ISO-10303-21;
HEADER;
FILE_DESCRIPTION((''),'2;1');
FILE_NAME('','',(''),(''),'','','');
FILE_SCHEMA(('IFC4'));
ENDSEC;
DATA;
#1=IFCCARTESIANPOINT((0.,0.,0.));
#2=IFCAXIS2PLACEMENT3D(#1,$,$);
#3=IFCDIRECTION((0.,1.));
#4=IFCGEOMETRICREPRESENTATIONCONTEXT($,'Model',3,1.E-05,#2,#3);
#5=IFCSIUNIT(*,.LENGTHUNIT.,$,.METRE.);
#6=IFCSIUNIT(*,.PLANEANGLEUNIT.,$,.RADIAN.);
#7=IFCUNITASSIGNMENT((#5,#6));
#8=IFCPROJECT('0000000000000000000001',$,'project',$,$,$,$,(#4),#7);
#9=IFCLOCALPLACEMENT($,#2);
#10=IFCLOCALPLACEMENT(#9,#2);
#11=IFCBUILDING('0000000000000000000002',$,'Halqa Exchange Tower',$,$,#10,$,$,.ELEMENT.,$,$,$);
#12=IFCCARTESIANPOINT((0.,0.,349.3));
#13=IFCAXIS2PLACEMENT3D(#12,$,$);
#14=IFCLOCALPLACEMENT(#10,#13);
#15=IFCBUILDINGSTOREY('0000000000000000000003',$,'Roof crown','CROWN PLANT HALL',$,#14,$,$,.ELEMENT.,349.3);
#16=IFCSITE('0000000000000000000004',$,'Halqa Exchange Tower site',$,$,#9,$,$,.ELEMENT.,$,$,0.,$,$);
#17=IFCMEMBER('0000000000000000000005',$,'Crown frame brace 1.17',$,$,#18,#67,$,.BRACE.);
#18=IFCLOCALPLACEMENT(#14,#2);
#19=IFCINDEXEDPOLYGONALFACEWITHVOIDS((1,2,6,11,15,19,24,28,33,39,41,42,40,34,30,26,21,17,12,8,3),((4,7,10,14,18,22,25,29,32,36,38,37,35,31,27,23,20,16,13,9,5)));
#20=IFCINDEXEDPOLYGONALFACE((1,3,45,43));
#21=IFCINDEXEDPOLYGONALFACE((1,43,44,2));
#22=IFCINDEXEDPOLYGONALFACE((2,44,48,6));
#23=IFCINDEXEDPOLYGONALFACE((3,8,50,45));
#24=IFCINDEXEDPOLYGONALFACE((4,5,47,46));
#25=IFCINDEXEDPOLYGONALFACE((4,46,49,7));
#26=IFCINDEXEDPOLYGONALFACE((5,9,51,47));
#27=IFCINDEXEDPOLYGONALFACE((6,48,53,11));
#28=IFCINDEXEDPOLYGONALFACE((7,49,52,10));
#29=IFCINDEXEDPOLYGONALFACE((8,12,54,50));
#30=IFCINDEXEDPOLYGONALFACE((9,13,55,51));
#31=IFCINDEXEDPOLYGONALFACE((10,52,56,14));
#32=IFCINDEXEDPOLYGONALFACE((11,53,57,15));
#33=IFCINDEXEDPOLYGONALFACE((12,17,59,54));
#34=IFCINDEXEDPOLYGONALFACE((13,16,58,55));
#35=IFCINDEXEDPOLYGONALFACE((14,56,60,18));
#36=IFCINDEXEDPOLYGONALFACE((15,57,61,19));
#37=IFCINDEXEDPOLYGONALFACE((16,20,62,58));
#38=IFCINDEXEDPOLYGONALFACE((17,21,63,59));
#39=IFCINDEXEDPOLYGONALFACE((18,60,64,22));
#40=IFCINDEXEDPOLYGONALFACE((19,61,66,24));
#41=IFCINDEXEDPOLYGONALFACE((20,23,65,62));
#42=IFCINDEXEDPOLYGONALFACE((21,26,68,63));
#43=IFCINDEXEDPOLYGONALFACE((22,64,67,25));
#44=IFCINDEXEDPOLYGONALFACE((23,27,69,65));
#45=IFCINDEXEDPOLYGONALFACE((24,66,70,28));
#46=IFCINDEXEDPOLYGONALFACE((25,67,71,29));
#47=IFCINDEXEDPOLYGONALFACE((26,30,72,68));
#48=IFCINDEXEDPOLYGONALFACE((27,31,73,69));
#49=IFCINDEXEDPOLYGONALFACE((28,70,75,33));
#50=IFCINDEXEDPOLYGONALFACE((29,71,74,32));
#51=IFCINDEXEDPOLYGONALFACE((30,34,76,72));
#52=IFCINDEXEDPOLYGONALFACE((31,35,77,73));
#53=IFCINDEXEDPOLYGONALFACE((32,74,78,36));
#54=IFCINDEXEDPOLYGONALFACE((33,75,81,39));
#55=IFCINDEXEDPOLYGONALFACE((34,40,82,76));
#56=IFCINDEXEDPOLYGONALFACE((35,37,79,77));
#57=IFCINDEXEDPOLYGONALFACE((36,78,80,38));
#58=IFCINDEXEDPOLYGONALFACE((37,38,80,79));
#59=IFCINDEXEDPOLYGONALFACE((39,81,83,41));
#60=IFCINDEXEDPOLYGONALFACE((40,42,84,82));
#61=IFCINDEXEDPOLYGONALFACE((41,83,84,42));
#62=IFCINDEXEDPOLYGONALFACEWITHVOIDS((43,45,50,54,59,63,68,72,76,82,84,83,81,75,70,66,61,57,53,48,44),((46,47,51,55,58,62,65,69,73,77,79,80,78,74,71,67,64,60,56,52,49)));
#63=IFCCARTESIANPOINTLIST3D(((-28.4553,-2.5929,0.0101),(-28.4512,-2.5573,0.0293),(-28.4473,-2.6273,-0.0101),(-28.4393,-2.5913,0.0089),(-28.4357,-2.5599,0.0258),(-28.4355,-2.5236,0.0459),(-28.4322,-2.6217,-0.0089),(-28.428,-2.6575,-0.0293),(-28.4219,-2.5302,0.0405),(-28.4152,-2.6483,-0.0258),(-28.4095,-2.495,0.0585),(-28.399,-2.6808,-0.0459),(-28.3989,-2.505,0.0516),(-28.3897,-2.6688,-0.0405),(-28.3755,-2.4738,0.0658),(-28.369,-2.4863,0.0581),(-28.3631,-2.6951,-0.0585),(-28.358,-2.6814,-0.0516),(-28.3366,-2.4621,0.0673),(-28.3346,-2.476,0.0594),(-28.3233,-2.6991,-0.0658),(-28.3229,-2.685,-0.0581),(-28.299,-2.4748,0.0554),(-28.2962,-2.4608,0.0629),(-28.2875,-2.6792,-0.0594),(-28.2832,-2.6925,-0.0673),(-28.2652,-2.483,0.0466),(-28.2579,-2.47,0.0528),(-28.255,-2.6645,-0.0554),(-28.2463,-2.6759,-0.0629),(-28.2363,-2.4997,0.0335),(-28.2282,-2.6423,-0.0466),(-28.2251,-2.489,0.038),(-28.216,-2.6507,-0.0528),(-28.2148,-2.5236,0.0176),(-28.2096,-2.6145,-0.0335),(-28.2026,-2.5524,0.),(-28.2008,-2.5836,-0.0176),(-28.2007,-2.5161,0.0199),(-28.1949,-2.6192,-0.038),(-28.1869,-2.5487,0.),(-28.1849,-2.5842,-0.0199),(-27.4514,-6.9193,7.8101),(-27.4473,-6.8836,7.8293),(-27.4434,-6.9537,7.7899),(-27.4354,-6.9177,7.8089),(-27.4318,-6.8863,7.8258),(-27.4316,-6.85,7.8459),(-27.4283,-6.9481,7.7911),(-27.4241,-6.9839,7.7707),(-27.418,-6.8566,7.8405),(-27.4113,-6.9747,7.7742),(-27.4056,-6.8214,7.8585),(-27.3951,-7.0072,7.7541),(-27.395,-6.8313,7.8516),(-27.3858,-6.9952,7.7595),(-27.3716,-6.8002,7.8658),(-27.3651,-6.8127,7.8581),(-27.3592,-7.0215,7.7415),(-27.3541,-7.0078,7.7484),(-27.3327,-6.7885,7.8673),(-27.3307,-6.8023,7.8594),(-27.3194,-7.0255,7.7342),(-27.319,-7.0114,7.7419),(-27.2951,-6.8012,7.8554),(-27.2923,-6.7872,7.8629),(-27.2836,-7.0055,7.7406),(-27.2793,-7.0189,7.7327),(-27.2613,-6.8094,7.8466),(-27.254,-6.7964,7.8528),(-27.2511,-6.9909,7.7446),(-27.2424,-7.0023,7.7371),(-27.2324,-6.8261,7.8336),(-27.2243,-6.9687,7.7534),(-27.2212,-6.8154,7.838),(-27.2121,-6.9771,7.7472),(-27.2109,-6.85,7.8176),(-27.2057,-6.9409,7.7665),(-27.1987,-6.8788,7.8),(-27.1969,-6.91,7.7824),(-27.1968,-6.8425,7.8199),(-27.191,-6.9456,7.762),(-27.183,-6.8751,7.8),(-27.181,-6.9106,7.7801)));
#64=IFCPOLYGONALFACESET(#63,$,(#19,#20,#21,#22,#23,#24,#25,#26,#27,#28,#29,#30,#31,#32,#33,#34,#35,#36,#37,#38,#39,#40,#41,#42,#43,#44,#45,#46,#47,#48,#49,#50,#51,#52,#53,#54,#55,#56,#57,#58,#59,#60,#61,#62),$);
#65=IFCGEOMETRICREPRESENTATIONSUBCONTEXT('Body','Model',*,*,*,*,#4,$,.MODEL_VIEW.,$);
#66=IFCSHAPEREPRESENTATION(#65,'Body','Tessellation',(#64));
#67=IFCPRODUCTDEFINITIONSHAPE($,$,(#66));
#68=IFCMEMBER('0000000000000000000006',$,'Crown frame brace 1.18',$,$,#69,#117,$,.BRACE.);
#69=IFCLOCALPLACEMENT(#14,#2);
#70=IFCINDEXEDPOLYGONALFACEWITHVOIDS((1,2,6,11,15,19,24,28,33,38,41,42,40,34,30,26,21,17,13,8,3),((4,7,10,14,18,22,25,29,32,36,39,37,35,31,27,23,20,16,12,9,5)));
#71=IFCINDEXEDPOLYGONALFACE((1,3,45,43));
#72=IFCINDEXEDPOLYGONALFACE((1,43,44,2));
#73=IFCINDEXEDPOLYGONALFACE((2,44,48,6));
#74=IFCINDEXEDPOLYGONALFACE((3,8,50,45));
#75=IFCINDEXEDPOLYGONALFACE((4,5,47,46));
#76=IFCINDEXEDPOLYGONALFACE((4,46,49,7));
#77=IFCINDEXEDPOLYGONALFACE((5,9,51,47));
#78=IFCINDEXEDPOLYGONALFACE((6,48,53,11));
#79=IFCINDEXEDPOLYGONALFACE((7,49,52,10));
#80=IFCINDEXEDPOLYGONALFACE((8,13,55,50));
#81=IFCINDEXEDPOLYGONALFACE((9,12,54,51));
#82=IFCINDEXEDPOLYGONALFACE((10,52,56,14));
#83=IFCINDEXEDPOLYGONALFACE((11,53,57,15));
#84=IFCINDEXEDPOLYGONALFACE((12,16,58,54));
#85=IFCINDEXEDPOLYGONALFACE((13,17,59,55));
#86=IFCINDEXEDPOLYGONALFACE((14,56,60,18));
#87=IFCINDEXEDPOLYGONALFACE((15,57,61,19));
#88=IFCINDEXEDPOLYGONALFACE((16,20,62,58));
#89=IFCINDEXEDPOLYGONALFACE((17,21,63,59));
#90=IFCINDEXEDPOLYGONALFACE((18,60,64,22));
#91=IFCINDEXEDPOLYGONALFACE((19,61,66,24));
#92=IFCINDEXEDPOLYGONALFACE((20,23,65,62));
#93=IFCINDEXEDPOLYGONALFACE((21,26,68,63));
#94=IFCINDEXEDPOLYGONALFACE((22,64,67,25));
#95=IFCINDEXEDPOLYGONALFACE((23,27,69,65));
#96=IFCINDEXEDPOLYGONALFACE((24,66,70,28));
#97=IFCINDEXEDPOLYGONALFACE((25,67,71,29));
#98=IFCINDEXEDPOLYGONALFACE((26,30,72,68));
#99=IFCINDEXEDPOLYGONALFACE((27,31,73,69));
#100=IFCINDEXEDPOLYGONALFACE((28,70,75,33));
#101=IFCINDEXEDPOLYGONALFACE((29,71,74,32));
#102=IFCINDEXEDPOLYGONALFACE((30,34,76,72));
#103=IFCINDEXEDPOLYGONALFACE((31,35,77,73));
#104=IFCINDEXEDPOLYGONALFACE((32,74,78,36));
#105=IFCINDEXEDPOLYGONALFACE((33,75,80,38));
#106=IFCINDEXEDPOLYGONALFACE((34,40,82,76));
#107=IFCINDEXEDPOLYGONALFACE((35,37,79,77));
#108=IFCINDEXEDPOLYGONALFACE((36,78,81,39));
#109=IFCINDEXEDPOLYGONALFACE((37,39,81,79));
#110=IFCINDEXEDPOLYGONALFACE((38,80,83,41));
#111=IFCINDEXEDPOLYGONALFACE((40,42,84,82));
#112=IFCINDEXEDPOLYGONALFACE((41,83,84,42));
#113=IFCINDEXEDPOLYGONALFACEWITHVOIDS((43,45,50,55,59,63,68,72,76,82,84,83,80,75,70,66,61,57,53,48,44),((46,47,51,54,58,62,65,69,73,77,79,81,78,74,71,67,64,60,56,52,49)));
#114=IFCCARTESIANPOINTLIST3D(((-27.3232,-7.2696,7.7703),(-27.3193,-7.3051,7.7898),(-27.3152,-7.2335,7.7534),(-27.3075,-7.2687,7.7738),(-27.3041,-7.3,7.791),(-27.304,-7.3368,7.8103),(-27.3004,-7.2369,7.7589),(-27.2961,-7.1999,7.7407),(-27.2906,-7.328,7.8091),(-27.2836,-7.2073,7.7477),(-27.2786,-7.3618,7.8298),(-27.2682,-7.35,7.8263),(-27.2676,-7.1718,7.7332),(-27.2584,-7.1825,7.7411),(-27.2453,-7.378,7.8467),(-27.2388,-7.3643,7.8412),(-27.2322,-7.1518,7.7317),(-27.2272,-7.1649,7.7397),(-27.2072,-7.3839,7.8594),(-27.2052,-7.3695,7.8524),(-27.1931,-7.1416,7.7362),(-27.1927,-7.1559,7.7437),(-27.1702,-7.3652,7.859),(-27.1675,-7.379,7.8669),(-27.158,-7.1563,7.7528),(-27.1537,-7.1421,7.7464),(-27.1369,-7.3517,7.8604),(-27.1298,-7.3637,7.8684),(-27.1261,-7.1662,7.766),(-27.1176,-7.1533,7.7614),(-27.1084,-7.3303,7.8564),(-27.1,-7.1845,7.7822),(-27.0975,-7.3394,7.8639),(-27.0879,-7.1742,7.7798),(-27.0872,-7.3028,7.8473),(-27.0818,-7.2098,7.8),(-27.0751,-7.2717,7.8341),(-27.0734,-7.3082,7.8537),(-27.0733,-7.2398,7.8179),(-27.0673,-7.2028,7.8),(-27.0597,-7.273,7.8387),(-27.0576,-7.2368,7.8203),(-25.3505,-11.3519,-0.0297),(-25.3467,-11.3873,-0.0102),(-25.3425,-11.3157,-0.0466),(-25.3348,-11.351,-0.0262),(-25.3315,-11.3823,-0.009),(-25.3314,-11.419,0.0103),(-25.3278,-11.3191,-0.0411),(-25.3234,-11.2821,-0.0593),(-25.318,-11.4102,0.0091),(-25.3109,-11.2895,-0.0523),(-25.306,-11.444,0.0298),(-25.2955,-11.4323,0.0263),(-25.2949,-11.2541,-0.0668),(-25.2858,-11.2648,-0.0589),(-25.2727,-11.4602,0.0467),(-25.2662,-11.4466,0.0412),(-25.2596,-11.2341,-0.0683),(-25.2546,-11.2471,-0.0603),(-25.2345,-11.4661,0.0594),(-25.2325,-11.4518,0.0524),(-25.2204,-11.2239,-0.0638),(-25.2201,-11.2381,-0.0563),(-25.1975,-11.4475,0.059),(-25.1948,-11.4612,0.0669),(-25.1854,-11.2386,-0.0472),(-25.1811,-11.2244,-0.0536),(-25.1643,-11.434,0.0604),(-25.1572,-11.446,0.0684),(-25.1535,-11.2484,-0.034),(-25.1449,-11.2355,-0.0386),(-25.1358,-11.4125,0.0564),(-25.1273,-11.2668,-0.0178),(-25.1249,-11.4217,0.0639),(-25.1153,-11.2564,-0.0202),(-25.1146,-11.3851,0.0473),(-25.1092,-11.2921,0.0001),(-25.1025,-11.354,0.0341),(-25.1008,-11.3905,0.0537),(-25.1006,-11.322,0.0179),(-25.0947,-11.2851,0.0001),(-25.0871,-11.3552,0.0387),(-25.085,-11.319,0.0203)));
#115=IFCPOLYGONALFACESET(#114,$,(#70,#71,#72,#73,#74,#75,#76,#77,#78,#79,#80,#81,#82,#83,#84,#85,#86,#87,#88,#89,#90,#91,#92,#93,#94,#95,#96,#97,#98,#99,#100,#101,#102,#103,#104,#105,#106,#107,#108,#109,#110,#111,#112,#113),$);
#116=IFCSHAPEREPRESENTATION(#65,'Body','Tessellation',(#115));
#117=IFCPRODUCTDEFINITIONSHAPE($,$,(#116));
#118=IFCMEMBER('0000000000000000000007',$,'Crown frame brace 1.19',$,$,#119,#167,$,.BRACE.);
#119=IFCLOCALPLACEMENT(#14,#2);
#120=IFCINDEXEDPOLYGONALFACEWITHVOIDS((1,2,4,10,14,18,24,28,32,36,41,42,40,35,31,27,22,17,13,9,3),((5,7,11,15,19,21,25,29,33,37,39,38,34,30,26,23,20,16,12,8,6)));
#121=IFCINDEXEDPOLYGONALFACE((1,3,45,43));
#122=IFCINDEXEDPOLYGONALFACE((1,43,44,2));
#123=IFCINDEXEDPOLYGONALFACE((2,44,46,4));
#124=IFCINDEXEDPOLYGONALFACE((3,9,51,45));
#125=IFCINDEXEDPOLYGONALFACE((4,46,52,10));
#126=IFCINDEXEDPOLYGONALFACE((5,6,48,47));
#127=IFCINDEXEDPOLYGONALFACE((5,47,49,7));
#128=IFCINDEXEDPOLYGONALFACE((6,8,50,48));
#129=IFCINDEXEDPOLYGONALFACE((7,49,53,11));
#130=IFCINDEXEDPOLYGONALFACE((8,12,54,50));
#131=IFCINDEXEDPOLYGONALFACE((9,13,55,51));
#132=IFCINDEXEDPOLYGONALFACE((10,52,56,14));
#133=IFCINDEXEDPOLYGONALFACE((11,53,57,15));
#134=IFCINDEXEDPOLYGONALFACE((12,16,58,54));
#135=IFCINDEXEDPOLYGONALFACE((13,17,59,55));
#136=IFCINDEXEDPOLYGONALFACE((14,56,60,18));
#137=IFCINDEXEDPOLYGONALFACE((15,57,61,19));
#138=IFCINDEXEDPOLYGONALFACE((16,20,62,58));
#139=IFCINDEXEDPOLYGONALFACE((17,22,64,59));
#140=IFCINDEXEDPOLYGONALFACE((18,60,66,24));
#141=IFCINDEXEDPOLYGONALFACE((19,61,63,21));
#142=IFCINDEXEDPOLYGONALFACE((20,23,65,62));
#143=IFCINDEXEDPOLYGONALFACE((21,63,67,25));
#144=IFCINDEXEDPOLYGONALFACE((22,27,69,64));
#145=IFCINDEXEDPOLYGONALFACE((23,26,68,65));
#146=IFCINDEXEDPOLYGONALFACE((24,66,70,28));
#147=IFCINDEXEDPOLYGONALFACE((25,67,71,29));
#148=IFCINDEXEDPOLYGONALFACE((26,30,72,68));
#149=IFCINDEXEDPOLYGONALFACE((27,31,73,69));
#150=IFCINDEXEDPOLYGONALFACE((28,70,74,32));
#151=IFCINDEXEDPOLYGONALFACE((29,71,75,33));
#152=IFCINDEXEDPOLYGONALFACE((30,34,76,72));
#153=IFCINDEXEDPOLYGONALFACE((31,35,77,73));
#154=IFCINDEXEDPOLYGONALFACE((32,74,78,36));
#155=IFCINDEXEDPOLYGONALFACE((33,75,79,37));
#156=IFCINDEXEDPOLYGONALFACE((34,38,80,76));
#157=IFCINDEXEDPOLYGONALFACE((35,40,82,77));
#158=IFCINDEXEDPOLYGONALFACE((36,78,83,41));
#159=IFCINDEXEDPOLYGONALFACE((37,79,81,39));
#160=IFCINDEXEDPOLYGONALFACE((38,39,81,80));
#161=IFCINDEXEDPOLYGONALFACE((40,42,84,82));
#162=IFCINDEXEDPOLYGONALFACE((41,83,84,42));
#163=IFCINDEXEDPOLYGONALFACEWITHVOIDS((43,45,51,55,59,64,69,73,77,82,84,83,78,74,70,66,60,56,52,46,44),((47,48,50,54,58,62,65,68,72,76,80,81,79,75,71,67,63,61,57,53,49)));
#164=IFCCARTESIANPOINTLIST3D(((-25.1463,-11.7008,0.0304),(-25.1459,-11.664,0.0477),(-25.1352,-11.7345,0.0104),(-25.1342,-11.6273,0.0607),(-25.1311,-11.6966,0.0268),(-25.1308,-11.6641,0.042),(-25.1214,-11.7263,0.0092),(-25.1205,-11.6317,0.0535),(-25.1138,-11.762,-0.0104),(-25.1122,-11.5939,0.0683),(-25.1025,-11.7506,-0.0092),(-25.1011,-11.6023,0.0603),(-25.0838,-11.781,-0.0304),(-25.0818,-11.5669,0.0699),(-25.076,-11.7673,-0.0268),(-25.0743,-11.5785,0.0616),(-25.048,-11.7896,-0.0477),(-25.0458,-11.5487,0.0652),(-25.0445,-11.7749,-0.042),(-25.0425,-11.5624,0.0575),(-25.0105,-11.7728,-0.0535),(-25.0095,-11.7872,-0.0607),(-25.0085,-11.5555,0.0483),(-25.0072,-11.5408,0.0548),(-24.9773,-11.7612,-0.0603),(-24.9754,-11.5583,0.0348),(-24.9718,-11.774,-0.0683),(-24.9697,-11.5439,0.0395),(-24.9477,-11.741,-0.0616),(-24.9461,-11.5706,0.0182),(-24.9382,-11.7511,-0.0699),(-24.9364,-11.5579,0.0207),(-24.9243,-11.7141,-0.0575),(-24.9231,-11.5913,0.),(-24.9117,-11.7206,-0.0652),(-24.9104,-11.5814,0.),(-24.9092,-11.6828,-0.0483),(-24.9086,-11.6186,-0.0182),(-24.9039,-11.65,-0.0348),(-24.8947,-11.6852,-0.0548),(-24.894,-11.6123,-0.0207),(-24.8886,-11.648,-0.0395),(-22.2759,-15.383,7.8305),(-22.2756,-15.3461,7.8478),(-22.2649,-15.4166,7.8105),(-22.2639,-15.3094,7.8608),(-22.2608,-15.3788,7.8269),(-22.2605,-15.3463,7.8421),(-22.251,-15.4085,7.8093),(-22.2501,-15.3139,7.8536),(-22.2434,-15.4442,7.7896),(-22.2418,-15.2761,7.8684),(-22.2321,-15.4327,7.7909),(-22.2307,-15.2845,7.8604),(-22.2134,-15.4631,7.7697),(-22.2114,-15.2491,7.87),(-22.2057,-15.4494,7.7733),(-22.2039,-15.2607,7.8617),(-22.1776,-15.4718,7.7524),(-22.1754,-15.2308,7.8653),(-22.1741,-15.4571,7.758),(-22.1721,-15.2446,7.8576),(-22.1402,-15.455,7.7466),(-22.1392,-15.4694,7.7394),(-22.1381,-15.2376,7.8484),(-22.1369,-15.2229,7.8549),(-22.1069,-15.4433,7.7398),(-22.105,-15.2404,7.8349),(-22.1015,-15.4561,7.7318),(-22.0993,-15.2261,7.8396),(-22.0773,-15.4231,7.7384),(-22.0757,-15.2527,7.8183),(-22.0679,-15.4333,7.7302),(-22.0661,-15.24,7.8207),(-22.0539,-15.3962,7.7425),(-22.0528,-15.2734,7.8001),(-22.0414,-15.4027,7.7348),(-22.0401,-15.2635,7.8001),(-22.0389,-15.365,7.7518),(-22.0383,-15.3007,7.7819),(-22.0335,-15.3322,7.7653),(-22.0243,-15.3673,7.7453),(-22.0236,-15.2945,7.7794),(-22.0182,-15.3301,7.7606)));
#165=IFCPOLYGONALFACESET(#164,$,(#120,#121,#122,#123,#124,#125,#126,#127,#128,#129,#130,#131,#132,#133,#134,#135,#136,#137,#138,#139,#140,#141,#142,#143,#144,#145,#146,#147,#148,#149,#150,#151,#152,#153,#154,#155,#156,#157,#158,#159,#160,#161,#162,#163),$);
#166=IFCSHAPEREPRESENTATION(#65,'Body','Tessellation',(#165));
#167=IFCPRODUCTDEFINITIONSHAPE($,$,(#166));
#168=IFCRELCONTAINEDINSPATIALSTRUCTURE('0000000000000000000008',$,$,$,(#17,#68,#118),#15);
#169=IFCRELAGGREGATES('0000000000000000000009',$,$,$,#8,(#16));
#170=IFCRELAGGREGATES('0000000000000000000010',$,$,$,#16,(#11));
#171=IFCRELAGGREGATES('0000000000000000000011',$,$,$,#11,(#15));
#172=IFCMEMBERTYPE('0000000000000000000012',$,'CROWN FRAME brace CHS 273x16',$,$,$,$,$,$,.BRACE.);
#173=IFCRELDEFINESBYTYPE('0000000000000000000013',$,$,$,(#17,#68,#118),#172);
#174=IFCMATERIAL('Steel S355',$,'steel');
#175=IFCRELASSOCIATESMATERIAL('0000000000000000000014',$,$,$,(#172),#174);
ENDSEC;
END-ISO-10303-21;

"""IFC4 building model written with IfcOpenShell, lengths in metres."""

from ifc_helpers import new_model, si_unit, direction, frame, origin, origin_2d, place, context, subcontext, project, spatial, hollow_circle, extrude, material, material_profile, profile_set, type_object, element, save


model = new_model("IFC4")

# Units and contexts
model_context = context("Model", 3, precision=1e-05, world=origin(), true_north=direction((0.0, 1.0)))
body_context = subcontext(model_context, "Body", "Model", "MODEL_VIEW")
ifc_project = project(units=[si_unit("LENGTHUNIT", "METRE"), si_unit("PLANEANGLEUNIT", "RADIAN")], contexts=[model_context])

# Site, building, storey
site_placement = place(None, origin())
site = spatial("IfcSite", under=ifc_project, at=site_placement, Name="Halqa Exchange Tower site", CompositionType="ELEMENT", RefElevation=0.0)
building_placement = place(site_placement, origin())
building = spatial("IfcBuilding", under=site, at=building_placement, Name="Halqa Exchange Tower", CompositionType="ELEMENT")
storey_placement = place(building_placement, frame((0.0, 0.0, 349.3)))
storey = spatial("IfcBuildingStorey", under=building, at=storey_placement, Name="Roof crown", Description="CROWN PLANT HALL", CompositionType="ELEMENT", Elevation=349.3)

# Shared definitions
ifc_material_1 = material(Name="Steel S355", Category="steel")

# Members
ifc_material_profile_1 = material_profile(ifc_material_1, hollow_circle(Radius=0.1365, WallThickness=0.0161, at=origin_2d()), Name="CHS 273x16")
ifc_profile_set_1 = profile_set([ifc_material_profile_1], Name="Steel S355")
member_type = type_object("IfcMemberType", Name="CROWN FRAME brace CHS 273x16", PredefinedType="BRACE", material=ifc_profile_set_1)
member_1_placement = place(storey_placement, frame((-28.3198, -2.5796, 0.0), z_axis=(0.111845, -0.482005, 0.869001), x_axis=(0.974119, 0.226036, 0.0)))
element("IfcMember", 1, at=member_1_placement, inside=storey, type_object=member_type, Name="Crown frame brace 1.17", PredefinedType="BRACE", context=body_context, shape_type="SweptSolid", body=[
    extrude(hollow_circle(Radius=0.1365, WallThickness=0.0161, at=origin_2d()), origin(), (0.0, 0.0, 1.0), 8.9758),
])
member_2_placement = place(storey_placement, frame((-27.1902, -7.2622, 7.8), z_axis=(0.218649, -0.452478, -0.864555), x_axis=(0.900387, 0.435089, 0.0)))
element("IfcMember", 2, at=member_2_placement, inside=storey, type_object=member_type, Name="Crown frame brace 1.18", PredefinedType="BRACE", context=body_context, shape_type="SweptSolid", body=[
    extrude(hollow_circle(Radius=0.1365, WallThickness=0.0161, at=origin_2d()), origin(), (0.0, 0.0, 1.0), 9.022),
])
member_3_placement = place(storey_placement, frame((-25.0181, -11.6653, 0.0), z_axis=(0.315753, -0.405051, 0.858041), x_axis=(0.788679, 0.614805, 0.0)))
element("IfcMember", 3, at=member_3_placement, inside=storey, type_object=member_type, Name="Crown frame brace 1.19", PredefinedType="BRACE", context=body_context, shape_type="SweptSolid", body=[
    extrude(hollow_circle(Radius=0.1365, WallThickness=0.0161, at=origin_2d()), origin(), (0.0, 0.0, 1.0), 9.0906),
])

save(model, "model.ifc")
